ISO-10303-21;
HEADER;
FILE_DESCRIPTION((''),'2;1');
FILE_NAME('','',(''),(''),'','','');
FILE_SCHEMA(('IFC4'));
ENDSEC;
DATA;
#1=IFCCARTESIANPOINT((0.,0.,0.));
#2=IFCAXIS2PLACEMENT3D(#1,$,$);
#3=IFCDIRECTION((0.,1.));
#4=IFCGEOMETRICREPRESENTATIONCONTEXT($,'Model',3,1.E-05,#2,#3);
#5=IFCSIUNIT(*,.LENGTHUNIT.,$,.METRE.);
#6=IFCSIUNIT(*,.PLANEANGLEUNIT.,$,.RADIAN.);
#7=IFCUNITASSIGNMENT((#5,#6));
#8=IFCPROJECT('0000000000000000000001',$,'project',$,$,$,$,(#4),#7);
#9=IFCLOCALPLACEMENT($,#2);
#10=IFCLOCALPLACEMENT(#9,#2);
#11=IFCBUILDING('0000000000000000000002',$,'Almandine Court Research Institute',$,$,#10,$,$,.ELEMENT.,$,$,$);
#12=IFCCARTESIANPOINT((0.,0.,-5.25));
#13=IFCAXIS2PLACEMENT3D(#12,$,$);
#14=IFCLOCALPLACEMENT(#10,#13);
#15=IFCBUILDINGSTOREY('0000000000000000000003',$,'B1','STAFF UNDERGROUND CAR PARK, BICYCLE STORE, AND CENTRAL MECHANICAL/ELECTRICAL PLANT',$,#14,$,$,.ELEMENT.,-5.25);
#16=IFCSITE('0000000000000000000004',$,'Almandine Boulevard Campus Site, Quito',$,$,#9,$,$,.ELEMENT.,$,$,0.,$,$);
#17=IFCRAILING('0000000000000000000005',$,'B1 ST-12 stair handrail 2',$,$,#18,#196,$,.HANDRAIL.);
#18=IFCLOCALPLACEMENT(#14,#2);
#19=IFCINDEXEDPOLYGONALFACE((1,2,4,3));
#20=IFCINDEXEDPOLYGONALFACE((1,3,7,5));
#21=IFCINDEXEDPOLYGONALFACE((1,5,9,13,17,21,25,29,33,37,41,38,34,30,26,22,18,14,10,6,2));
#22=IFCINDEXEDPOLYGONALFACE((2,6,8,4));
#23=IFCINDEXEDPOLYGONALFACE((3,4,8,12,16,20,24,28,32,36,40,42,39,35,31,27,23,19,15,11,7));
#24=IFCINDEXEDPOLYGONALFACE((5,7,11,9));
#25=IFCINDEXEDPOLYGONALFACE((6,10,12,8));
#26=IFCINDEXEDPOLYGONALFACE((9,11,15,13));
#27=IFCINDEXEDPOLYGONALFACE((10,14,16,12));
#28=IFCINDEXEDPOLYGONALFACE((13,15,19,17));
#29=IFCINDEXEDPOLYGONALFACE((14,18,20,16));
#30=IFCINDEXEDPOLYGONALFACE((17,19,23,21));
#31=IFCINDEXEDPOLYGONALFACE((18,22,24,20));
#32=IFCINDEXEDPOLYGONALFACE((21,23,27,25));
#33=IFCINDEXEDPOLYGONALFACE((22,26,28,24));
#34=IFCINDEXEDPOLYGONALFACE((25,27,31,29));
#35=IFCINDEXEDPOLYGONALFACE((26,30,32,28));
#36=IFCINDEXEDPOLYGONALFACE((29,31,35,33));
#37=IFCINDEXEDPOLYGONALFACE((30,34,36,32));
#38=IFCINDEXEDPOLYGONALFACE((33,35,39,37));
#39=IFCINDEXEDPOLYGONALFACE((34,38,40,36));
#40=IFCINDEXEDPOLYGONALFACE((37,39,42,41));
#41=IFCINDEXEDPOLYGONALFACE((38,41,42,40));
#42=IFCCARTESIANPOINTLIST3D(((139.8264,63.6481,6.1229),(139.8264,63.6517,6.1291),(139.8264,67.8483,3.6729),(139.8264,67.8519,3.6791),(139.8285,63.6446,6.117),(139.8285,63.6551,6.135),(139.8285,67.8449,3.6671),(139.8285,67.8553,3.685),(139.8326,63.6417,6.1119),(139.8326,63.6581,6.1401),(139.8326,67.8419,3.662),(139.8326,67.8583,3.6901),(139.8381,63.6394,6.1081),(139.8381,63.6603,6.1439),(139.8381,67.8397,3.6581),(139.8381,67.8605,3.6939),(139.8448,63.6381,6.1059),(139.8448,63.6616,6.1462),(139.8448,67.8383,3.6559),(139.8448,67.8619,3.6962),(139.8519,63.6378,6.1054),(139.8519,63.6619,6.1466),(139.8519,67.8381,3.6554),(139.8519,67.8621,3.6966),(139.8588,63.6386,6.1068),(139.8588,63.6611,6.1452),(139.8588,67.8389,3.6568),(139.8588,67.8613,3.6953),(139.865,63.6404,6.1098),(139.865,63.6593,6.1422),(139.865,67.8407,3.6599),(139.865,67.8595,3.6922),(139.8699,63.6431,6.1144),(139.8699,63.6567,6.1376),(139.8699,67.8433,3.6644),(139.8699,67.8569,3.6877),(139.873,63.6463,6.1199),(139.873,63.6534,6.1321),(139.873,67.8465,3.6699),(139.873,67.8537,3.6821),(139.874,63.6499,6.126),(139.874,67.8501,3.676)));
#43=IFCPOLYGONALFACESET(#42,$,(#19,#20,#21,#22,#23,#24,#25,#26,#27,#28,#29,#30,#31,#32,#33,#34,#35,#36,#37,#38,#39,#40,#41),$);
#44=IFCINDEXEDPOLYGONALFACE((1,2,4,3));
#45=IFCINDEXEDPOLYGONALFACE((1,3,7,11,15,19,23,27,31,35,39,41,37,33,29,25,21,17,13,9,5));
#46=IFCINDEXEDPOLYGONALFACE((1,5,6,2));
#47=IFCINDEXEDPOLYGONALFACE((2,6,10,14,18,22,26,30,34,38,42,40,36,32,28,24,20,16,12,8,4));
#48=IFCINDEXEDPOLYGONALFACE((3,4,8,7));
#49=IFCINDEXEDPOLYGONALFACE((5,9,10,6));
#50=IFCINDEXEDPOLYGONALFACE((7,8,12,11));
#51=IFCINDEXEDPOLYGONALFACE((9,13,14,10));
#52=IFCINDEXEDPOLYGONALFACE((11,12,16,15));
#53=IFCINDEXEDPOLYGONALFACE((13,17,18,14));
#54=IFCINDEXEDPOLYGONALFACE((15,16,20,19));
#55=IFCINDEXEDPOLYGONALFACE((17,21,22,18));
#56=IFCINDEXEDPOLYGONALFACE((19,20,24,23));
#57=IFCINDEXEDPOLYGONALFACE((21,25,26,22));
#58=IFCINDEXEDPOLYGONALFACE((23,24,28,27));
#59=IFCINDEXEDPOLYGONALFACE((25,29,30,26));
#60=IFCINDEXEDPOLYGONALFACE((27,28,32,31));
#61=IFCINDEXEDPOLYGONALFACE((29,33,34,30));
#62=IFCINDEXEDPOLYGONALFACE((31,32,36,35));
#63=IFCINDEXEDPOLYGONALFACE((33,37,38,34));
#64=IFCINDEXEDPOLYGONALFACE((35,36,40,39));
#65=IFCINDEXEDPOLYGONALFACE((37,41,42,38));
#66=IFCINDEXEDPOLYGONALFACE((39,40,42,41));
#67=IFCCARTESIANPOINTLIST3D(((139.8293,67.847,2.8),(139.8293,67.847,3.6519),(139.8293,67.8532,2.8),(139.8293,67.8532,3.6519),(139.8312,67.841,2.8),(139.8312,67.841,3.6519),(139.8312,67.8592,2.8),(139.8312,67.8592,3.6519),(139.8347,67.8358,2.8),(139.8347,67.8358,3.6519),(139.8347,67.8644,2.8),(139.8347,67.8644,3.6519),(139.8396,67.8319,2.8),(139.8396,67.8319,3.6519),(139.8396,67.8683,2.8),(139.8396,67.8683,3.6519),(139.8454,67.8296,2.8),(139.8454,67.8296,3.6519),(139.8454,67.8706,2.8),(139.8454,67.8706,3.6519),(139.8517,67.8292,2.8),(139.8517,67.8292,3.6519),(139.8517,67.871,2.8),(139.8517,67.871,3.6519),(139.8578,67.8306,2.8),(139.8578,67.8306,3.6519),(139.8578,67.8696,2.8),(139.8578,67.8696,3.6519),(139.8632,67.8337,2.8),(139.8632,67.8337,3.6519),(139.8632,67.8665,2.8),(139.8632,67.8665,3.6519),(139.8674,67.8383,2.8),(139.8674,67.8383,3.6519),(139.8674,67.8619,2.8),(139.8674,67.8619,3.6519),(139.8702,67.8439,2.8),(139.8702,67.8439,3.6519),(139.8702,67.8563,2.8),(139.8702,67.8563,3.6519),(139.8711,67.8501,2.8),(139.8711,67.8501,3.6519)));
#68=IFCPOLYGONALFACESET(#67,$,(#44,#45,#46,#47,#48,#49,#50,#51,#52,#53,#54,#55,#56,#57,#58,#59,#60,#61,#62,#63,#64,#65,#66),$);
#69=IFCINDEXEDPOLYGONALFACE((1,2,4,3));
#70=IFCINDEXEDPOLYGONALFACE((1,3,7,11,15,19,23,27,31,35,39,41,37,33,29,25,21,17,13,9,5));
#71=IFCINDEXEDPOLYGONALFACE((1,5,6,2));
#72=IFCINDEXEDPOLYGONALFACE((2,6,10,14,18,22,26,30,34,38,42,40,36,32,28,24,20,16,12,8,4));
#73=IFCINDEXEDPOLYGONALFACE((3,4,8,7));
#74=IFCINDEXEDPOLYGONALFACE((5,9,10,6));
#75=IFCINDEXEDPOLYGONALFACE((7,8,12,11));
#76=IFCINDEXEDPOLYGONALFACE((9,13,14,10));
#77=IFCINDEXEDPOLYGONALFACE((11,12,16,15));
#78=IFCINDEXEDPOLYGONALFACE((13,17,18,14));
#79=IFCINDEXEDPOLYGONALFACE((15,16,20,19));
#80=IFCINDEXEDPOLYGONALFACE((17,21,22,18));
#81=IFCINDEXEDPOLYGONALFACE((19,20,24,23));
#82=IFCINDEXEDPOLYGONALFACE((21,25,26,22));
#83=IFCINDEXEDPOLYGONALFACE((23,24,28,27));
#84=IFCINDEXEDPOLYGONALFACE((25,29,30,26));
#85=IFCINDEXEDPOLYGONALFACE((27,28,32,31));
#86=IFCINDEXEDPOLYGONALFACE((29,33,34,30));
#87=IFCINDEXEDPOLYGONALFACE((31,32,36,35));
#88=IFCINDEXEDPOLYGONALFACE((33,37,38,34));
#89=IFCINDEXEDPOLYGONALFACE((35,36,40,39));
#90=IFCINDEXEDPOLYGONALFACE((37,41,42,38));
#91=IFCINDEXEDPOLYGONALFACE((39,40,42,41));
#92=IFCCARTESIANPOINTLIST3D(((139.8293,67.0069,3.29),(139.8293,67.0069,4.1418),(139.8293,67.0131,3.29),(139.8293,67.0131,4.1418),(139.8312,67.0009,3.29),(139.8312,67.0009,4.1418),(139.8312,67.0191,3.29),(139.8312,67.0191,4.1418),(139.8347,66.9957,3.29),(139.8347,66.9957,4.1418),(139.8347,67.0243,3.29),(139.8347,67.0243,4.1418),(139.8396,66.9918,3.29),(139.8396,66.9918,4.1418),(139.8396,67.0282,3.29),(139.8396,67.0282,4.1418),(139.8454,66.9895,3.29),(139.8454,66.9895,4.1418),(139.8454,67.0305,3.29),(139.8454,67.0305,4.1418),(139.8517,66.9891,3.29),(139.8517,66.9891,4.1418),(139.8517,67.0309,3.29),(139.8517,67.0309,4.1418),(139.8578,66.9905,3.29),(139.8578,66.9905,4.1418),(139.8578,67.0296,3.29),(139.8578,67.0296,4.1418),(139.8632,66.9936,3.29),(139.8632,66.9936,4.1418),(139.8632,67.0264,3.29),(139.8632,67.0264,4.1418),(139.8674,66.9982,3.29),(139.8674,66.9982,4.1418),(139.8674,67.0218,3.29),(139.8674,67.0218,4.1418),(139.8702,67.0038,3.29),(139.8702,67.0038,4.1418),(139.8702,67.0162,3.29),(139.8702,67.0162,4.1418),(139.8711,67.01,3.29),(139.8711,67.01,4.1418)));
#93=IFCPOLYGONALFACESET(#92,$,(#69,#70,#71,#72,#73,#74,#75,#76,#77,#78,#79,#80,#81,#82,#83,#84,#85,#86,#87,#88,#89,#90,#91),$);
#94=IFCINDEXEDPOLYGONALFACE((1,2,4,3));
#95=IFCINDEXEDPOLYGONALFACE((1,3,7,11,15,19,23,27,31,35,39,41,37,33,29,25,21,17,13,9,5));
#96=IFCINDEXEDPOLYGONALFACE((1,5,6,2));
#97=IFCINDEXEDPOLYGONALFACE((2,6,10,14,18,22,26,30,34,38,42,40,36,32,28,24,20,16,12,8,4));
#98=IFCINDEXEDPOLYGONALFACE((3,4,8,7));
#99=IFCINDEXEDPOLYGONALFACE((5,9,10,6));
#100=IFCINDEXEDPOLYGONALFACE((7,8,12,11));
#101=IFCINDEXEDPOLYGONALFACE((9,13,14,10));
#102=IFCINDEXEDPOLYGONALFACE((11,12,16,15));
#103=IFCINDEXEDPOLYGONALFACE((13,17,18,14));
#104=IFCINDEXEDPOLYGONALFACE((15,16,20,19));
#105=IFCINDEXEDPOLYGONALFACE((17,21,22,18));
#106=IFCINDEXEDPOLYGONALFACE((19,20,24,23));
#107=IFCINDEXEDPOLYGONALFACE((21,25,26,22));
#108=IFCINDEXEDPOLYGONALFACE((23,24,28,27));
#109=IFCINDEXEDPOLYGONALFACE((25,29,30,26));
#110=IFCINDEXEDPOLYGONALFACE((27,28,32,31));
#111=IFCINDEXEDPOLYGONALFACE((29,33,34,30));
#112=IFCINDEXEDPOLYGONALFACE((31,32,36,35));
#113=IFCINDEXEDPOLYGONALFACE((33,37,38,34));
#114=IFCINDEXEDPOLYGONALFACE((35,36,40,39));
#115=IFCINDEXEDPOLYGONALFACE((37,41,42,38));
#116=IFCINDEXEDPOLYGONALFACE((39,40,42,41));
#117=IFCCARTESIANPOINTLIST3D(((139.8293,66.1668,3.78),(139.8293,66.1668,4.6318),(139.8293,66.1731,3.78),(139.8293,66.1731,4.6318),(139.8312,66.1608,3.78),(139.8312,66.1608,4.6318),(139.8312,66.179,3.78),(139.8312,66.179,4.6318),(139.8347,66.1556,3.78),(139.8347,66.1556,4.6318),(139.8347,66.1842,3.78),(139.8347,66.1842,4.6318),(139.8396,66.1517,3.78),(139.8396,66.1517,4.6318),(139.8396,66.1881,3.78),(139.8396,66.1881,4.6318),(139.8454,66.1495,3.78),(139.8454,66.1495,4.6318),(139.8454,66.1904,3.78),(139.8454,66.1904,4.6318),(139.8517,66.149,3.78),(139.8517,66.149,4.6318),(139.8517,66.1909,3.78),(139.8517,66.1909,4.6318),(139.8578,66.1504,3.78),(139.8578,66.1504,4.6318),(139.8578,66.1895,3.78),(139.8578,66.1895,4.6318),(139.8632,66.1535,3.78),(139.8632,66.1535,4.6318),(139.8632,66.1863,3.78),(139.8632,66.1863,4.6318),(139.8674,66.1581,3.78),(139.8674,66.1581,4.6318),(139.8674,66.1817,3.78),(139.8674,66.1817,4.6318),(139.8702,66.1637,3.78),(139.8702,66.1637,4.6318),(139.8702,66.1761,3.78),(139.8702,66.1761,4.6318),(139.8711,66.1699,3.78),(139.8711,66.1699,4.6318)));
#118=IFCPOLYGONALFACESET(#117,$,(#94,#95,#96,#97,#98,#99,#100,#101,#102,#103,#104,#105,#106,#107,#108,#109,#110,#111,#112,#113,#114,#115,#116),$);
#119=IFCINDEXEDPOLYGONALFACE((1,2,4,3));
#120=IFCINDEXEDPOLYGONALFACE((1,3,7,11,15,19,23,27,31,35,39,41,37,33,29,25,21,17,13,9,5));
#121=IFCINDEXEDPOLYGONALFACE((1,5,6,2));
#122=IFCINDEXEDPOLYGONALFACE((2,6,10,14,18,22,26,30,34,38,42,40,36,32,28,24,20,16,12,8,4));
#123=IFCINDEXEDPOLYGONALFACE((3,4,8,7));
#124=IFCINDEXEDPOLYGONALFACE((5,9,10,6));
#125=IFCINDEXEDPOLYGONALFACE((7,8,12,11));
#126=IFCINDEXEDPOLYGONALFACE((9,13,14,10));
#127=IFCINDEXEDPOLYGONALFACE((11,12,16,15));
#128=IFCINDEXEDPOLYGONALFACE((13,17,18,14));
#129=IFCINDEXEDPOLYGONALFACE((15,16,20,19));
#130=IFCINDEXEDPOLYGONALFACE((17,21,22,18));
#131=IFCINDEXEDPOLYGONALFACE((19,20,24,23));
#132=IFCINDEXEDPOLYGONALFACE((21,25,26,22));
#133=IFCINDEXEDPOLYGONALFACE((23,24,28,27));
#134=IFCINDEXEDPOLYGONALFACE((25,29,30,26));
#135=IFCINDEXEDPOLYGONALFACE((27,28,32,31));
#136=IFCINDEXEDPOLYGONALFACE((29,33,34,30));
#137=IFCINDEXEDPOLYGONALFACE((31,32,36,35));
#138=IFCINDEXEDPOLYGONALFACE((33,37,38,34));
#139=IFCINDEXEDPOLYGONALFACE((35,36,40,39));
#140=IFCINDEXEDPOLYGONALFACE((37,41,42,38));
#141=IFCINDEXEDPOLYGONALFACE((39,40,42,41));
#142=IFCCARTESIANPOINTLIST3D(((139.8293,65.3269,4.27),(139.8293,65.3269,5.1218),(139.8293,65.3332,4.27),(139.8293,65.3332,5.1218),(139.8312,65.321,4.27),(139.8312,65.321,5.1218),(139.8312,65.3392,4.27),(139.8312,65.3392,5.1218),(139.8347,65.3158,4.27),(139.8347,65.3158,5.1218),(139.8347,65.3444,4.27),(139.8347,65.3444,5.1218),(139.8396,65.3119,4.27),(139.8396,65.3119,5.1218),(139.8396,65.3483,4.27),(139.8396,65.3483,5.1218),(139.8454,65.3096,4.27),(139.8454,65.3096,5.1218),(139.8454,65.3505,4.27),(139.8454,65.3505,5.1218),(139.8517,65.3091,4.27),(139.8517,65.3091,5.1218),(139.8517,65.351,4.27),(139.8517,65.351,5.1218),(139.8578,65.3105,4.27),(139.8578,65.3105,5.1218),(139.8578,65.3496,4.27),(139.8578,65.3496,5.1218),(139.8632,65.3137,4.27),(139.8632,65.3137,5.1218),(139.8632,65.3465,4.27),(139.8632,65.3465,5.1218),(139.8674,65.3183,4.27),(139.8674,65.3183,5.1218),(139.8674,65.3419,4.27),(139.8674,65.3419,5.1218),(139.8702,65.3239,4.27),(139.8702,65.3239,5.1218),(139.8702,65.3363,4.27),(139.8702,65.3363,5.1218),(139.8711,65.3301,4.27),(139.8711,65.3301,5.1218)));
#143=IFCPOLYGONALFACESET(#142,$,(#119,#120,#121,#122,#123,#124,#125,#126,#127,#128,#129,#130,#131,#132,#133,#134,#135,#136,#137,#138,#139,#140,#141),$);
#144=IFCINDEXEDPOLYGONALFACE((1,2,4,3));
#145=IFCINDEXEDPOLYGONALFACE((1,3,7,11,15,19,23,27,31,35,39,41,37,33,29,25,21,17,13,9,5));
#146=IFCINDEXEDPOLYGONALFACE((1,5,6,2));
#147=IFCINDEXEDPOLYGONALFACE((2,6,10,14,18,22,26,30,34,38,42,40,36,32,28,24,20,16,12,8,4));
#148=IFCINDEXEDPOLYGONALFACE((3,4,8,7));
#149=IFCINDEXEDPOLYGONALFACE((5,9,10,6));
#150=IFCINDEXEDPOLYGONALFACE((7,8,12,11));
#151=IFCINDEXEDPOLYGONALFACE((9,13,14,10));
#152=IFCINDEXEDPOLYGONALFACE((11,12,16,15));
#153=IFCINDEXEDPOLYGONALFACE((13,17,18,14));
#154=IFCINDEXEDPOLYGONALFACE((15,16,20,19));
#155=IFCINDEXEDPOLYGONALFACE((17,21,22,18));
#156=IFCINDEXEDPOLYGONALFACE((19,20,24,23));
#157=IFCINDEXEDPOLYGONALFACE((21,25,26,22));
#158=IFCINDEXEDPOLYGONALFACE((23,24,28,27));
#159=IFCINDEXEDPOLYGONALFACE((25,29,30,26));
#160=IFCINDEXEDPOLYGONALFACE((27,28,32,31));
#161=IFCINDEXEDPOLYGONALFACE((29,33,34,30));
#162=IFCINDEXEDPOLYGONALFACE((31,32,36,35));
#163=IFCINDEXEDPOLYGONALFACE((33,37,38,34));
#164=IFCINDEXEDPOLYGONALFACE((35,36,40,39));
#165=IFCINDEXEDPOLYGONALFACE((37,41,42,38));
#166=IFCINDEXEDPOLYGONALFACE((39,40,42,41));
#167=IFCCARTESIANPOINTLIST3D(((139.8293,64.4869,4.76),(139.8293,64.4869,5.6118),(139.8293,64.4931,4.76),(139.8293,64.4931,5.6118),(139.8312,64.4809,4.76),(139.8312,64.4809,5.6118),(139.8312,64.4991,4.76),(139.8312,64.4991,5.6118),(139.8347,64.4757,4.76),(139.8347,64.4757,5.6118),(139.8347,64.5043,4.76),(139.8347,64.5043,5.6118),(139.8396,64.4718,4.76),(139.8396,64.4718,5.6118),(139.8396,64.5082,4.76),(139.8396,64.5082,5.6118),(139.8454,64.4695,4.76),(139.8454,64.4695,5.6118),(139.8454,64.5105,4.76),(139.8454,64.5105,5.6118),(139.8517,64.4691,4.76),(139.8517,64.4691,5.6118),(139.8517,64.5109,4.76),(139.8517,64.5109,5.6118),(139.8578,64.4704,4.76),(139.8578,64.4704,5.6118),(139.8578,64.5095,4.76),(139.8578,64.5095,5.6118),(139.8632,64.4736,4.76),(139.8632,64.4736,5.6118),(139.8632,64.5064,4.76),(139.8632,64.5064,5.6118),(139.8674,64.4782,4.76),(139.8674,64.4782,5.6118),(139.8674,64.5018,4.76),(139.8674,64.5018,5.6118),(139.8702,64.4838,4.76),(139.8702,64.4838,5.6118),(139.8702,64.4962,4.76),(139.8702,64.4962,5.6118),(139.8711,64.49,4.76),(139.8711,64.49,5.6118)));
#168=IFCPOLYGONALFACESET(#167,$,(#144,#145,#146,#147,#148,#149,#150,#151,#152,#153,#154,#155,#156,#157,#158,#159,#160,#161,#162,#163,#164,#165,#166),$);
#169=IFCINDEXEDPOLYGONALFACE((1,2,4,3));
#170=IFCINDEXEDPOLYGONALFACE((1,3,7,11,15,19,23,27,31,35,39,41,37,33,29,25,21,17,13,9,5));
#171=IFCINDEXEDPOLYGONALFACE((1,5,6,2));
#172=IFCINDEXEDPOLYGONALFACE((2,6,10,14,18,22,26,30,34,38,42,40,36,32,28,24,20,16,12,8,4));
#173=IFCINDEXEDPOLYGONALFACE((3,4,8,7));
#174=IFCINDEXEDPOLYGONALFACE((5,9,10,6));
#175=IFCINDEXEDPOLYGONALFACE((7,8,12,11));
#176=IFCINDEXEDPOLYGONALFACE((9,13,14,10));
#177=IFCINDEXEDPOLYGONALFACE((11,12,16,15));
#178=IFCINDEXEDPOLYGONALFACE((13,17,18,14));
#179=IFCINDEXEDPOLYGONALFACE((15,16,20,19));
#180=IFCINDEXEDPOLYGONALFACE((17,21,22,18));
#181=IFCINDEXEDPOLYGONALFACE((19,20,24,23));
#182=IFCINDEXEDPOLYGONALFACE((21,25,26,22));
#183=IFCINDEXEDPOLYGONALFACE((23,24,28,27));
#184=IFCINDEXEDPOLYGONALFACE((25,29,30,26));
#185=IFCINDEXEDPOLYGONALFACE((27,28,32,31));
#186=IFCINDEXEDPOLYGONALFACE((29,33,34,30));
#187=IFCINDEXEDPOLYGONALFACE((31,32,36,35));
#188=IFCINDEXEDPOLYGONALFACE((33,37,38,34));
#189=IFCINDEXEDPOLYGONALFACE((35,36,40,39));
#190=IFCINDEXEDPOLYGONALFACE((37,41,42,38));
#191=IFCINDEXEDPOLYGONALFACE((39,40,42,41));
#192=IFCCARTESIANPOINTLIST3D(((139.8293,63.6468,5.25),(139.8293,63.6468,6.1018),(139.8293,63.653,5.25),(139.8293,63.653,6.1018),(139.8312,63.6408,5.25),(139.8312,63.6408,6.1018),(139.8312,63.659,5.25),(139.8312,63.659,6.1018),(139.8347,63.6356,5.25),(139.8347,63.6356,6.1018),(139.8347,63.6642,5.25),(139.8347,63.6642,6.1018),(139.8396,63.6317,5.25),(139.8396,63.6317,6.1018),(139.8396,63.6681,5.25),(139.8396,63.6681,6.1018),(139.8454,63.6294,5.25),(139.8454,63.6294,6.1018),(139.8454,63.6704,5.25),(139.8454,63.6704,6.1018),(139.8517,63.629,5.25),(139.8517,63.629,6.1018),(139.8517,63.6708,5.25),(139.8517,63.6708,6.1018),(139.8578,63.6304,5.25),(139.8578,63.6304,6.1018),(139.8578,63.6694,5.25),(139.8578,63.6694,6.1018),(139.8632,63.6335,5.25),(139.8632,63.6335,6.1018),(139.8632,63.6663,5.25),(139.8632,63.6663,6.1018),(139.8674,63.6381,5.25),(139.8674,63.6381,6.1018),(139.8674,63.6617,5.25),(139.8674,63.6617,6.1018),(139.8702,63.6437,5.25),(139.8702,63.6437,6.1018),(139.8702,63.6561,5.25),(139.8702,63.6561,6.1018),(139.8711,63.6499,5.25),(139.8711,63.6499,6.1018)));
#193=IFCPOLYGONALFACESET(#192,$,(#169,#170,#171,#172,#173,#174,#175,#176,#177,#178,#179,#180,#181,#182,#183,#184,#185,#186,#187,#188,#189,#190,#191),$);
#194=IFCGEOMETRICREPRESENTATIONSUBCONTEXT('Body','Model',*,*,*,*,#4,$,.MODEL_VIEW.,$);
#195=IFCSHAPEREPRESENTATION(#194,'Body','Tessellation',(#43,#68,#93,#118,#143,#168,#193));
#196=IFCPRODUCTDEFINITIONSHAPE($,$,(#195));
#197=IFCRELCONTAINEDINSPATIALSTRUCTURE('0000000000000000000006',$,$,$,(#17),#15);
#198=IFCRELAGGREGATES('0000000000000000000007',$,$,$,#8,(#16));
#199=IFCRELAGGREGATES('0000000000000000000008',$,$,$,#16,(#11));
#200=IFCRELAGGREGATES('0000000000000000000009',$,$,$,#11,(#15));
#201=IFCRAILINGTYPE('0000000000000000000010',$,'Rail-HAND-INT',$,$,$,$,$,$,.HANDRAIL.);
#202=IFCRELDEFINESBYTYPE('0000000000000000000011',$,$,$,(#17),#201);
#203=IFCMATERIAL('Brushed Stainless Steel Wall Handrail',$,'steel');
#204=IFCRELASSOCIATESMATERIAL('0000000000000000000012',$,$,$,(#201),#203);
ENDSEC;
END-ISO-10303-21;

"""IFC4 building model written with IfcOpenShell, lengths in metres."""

from ifc_helpers import new_model, si_unit, direction, frame, origin, origin_2d, place, context, subcontext, project, spatial, circle, extrude, material, type_object, element, save


model = new_model("IFC4")

# Units and contexts
model_context = context("Model", 3, precision=1e-05, world=origin(), true_north=direction((0.0, 1.0)))
body_context = subcontext(model_context, "Body", "Model", "MODEL_VIEW")
ifc_project = project(units=[si_unit("LENGTHUNIT", "METRE"), si_unit("PLANEANGLEUNIT", "RADIAN")], contexts=[model_context])

# Site, building, storey
site_placement = place(None, origin())
site = spatial("IfcSite", under=ifc_project, at=site_placement, Name="Almandine Boulevard Campus Site, Quito", CompositionType="ELEMENT", RefElevation=0.0)
building_placement = place(site_placement, origin())
building = spatial("IfcBuilding", under=site, at=building_placement, Name="Almandine Court Research Institute", CompositionType="ELEMENT")
storey_placement = place(building_placement, frame((0.0, 0.0, -5.25)))
storey = spatial("IfcBuildingStorey", under=building, at=storey_placement, Name="B1", Description="STAFF UNDERGROUND CAR PARK, BICYCLE STORE, AND CENTRAL MECHANICAL/ELECTRICAL PLANT", CompositionType="ELEMENT", Elevation=-5.25)

# Railing
ifc_material_1 = material(Name="Brushed Stainless Steel Wall Handrail", Category="steel")
railing_type_1 = type_object("IfcRailingType", Name="Rail-HAND-INT", PredefinedType="HANDRAIL", material=ifc_material_1)
railing_1_placement = place(storey_placement, frame((139.8501, 67.8501, 2.8)))
element("IfcRailing", 1, at=railing_1_placement, inside=storey, type_object=railing_type_1, Name="B1 ST-12 stair handrail 2", PredefinedType="HANDRAIL", context=body_context, shape_type="SweptSolid", body=[
    extrude(circle(Radius=0.0239, at=origin_2d()), frame((0.0, 0.0, 0.876), z_axis=(0.0, -0.863793, 0.503846), x_axis=(1.0, 0.0, 0.0)), (0.0, 0.0, 1.0), 4.8625),
    extrude(circle(Radius=0.021, at=origin_2d()), origin(), (0.0, 0.0, 1.0), 0.8518),
    extrude(circle(Radius=0.021, at=origin_2d()), frame((0.0, -0.8401, 0.49)), (0.0, 0.0, 1.0), 0.8518),
    extrude(circle(Radius=0.021, at=origin_2d()), frame((0.0, -1.6802, 0.98)), (0.0, 0.0, 1.0), 0.8518),
    extrude(circle(Radius=0.021, at=origin_2d()), frame((0.0, -2.52, 1.47)), (0.0, 0.0, 1.0), 0.8518),
    extrude(circle(Radius=0.021, at=origin_2d()), frame((0.0, -3.3601, 1.96)), (0.0, 0.0, 1.0), 0.8518),
    extrude(circle(Radius=0.021, at=origin_2d()), frame((0.0, -4.2002, 2.45)), (0.0, 0.0, 1.0), 0.8518),
])

save(model, "model.ifc")
